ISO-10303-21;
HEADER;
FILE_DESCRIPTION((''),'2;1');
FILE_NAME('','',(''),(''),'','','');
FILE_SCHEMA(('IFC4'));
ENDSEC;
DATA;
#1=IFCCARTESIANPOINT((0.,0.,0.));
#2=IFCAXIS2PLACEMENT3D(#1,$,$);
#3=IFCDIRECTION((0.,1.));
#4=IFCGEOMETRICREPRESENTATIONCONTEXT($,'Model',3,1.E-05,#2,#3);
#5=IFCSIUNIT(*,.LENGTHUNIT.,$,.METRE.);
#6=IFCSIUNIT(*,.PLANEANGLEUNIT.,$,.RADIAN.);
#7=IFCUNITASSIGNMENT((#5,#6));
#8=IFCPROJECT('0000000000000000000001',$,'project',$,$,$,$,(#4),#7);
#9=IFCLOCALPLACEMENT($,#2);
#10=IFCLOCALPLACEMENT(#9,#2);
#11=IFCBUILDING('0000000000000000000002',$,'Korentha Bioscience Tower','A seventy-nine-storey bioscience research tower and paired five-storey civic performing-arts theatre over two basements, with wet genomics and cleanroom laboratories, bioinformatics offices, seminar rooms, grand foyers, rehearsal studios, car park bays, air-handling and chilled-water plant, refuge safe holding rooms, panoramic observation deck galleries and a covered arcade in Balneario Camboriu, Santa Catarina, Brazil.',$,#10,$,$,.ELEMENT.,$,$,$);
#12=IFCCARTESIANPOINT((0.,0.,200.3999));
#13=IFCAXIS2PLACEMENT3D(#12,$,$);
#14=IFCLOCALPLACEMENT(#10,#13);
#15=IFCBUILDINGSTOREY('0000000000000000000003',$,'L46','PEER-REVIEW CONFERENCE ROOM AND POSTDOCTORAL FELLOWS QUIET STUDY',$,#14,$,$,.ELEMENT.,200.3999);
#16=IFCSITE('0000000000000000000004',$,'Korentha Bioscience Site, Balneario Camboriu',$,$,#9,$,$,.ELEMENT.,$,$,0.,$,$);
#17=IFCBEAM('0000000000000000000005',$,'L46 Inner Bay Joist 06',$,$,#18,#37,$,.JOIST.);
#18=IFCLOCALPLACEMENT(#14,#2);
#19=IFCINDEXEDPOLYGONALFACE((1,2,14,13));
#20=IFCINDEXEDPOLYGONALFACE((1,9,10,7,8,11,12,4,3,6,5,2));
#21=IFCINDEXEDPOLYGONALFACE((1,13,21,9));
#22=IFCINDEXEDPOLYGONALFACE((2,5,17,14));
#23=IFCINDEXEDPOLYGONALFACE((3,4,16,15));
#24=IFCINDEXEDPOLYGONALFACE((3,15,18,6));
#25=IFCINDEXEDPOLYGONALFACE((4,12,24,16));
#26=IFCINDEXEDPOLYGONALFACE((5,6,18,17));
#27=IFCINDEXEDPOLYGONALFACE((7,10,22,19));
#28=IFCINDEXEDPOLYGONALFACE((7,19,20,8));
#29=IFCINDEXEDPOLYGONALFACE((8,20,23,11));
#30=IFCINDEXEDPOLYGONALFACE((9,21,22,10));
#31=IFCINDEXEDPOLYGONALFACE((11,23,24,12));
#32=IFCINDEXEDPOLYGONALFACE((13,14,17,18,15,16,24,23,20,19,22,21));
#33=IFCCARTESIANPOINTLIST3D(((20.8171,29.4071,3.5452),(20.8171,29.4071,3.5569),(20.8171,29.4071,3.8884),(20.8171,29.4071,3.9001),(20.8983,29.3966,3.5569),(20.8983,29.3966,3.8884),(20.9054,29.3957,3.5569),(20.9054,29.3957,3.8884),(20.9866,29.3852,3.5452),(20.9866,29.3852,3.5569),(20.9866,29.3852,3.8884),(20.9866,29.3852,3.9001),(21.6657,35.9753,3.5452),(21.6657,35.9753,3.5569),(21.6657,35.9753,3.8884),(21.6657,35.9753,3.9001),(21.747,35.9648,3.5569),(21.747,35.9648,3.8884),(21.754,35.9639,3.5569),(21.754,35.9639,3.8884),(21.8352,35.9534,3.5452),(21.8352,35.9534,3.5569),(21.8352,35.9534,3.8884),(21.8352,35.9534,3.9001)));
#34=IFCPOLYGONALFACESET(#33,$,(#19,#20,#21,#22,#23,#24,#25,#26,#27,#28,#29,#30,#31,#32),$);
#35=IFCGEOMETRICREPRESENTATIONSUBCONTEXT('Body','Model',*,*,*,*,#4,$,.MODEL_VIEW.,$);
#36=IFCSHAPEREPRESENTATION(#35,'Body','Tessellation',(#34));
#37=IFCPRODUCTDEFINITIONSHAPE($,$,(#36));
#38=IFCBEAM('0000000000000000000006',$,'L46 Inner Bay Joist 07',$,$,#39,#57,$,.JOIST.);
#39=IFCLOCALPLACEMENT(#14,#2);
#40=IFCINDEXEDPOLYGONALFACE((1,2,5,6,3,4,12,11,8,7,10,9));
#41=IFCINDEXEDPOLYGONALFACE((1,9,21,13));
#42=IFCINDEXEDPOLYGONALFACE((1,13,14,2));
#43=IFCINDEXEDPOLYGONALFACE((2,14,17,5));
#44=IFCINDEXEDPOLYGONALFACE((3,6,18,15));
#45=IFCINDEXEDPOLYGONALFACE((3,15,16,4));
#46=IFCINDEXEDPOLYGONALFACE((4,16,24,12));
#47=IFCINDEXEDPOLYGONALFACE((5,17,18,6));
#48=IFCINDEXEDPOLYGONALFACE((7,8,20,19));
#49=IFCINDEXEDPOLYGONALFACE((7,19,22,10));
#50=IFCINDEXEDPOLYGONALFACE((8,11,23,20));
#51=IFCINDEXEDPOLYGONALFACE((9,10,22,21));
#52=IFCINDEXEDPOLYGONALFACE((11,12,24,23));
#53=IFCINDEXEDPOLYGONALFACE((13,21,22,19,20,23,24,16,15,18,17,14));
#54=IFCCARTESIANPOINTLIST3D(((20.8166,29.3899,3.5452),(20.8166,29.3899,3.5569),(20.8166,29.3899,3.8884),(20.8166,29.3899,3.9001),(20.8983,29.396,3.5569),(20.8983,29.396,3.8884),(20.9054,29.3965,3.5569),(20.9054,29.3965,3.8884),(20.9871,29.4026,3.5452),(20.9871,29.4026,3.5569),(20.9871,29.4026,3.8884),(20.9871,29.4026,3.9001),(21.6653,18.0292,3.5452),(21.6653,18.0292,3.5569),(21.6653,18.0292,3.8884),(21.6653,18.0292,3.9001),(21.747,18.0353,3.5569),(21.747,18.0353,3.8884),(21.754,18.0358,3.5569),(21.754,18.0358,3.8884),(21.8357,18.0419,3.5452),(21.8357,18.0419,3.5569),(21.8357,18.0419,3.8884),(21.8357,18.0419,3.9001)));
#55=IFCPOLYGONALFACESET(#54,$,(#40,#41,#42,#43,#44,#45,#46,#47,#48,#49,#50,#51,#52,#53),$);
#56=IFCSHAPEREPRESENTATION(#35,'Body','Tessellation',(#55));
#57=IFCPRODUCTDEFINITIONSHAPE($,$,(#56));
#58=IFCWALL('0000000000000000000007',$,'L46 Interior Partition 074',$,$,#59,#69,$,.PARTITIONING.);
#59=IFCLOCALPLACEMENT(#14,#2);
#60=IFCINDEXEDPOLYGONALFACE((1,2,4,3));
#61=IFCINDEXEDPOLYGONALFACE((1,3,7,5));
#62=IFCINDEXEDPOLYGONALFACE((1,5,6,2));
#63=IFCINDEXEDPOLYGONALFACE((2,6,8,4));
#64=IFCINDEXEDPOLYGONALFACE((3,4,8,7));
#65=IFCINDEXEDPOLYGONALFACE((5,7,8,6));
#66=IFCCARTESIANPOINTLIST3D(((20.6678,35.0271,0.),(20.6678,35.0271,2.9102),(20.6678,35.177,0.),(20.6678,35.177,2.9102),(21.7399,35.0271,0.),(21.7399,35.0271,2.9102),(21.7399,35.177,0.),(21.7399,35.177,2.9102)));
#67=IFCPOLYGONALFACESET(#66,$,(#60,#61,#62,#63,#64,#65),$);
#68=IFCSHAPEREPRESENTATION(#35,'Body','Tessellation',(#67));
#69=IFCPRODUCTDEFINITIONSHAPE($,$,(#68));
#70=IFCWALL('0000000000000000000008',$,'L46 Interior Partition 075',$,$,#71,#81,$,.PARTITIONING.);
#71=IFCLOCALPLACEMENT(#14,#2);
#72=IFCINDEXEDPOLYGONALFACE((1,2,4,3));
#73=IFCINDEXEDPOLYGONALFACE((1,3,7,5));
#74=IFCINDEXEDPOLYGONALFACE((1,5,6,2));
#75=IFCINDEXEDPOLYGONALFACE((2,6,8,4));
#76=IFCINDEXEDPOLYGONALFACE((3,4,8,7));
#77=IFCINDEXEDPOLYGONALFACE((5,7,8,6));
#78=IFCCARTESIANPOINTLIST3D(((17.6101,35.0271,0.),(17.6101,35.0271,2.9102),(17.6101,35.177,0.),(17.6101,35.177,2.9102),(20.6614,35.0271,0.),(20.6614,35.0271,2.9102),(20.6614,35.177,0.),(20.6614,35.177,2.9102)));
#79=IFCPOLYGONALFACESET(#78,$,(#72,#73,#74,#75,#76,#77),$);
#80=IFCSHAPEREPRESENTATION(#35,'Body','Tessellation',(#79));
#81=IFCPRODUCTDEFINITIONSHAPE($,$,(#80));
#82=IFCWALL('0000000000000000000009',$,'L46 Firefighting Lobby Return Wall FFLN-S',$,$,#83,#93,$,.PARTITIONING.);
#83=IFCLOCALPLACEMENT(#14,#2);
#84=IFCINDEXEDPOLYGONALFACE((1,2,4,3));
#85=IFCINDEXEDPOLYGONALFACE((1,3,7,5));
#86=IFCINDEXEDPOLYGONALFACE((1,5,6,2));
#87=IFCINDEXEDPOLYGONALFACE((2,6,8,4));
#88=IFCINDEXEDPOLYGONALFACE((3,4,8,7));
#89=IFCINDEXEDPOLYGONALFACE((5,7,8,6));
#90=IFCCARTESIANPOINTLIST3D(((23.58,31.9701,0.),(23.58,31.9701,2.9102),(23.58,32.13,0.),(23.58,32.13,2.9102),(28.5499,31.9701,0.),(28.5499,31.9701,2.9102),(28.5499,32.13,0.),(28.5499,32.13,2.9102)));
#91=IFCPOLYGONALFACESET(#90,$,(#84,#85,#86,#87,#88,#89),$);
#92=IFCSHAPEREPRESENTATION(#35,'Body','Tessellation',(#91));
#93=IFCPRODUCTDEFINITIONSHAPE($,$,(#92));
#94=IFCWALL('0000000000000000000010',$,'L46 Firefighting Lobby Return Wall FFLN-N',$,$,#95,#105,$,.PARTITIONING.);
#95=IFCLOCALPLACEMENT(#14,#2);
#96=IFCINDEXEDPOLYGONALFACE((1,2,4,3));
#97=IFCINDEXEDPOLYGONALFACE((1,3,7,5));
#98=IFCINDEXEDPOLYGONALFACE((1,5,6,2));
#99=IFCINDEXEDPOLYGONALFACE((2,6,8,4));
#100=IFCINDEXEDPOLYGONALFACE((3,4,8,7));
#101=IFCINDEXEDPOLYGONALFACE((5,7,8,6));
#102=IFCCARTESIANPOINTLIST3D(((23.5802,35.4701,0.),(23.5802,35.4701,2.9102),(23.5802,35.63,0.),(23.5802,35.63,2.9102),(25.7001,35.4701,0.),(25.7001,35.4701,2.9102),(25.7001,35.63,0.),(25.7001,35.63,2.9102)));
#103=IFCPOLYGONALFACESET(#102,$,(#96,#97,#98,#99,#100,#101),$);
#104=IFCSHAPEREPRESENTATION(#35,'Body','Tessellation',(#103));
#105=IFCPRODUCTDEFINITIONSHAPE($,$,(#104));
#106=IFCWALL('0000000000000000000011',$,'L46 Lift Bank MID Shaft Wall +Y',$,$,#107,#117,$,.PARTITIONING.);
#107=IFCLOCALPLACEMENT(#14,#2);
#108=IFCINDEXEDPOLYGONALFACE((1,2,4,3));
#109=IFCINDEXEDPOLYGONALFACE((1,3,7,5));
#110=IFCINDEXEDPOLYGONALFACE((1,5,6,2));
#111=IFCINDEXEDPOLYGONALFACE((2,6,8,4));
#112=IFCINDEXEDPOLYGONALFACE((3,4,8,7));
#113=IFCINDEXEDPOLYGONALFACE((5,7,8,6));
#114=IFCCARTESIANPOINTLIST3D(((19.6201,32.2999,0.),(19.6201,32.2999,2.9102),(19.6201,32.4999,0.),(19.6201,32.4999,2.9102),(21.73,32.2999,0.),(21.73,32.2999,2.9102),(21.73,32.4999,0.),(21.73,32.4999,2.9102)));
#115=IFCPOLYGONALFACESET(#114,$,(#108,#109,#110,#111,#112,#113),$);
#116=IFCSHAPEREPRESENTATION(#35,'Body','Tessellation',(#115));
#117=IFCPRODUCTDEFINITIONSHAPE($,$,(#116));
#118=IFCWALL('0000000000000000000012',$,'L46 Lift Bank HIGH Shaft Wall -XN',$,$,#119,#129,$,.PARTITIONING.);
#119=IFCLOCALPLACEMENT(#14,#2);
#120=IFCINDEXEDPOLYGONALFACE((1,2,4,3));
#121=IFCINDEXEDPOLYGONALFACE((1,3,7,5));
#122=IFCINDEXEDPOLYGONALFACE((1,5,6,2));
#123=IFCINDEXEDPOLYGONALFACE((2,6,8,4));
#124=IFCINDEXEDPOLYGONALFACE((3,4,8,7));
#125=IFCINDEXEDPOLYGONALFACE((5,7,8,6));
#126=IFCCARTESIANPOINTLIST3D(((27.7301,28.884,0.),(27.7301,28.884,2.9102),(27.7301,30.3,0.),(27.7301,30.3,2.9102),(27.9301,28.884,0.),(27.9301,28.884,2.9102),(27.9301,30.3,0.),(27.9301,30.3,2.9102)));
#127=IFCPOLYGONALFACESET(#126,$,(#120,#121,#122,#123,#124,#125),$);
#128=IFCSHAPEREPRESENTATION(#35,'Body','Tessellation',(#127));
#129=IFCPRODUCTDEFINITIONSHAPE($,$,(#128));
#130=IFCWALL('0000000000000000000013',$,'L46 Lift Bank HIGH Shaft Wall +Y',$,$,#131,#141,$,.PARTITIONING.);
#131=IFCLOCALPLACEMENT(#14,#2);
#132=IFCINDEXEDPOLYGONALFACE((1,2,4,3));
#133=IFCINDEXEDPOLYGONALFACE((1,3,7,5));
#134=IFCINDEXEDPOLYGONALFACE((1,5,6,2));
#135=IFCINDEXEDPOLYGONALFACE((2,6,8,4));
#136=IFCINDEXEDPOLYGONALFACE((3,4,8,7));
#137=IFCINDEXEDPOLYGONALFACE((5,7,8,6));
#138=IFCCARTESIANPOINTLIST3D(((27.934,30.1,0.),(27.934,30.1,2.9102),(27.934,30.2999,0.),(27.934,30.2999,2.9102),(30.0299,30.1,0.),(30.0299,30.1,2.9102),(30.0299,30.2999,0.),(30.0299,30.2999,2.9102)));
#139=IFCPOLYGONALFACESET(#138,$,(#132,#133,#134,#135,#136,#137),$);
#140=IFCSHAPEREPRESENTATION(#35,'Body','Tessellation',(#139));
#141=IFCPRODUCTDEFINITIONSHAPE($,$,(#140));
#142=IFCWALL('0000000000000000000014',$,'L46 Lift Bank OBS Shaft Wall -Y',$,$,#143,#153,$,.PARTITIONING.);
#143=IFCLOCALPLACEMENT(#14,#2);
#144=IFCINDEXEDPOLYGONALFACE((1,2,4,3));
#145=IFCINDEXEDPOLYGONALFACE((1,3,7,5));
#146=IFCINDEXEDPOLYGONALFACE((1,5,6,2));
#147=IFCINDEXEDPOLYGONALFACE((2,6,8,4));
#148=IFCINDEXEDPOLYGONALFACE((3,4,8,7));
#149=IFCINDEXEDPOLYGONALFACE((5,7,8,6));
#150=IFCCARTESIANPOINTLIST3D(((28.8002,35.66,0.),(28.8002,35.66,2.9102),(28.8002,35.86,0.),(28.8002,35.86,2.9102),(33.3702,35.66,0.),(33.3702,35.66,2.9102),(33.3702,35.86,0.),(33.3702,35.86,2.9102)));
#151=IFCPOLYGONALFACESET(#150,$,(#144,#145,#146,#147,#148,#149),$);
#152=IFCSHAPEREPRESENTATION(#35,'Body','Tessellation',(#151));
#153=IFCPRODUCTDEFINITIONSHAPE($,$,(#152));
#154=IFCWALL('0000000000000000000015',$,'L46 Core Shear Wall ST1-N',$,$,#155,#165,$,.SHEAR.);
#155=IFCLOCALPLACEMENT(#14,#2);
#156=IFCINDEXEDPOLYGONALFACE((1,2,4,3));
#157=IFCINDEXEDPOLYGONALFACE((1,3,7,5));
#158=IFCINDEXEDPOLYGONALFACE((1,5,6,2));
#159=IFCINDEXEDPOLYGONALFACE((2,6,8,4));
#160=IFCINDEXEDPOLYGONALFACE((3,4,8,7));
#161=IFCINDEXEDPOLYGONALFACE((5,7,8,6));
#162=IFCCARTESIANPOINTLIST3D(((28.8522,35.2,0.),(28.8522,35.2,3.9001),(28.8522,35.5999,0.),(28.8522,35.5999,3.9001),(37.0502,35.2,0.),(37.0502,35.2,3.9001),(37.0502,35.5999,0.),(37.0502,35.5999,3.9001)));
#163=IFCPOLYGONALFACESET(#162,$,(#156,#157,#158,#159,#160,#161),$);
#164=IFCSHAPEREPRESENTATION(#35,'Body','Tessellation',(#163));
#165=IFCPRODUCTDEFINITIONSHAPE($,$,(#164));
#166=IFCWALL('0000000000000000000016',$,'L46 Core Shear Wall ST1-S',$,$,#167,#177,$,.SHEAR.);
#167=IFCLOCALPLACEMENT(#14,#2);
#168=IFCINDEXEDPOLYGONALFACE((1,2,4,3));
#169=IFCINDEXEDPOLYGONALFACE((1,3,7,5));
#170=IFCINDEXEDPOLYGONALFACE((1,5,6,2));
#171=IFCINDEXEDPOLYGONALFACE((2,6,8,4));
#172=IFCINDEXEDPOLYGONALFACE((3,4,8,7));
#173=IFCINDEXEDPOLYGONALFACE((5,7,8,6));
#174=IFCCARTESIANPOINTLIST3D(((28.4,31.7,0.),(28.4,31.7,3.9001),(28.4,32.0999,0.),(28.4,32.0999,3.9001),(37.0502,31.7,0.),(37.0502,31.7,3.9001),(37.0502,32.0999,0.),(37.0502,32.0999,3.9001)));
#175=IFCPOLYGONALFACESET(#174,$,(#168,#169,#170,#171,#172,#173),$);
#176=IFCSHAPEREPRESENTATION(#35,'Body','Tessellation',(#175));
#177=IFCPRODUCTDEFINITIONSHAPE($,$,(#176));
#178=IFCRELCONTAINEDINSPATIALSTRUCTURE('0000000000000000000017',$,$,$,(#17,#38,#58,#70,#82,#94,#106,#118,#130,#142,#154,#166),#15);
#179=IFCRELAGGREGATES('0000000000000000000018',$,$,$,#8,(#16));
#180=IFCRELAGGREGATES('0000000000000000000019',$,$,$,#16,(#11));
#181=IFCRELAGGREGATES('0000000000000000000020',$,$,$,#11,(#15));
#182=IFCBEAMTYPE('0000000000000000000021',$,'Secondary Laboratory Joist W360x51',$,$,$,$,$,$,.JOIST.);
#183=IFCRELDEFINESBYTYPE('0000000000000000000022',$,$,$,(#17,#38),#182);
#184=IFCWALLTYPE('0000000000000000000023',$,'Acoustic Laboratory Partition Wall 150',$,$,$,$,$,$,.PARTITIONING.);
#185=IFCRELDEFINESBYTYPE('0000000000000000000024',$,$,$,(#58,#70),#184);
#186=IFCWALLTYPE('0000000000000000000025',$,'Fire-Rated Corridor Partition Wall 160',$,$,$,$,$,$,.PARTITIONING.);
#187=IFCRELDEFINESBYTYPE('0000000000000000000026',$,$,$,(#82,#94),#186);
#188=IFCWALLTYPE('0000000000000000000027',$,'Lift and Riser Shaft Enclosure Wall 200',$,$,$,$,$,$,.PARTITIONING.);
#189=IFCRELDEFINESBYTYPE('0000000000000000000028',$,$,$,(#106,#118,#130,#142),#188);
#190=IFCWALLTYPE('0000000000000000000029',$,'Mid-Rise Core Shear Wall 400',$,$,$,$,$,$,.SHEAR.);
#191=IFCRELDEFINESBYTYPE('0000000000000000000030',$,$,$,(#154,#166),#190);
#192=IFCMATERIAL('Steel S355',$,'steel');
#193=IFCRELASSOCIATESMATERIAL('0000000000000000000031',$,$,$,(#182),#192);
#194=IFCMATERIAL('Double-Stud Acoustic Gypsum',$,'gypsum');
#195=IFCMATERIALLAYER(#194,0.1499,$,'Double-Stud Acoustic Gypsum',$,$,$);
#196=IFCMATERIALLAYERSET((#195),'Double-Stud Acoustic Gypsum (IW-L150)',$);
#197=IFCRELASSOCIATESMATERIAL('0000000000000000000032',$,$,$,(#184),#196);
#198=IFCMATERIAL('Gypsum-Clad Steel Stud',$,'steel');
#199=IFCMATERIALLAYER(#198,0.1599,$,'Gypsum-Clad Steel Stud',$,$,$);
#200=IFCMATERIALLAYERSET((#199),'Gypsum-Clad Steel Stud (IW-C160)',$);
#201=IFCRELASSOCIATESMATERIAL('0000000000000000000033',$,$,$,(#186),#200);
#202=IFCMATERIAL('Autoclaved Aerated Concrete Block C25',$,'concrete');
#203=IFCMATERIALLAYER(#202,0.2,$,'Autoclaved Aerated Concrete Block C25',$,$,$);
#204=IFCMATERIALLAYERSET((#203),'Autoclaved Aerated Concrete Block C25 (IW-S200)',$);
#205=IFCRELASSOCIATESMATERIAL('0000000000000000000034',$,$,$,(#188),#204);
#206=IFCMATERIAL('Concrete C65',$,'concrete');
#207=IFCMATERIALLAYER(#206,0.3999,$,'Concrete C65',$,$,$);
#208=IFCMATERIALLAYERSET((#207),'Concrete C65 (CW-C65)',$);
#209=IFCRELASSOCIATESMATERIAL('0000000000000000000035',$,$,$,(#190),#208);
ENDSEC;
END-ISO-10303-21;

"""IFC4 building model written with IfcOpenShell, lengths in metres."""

from ifc_helpers import new_model, si_unit, direction, frame, frame_2d, origin, origin_2d, place, context, subcontext, project, spatial, rectangle, i_section, extrude, material, layer, layer_set, material_profile, profile_set, type_object, element, save


model = new_model("IFC4")

# Units and contexts
model_context = context("Model", 3, precision=1e-05, world=origin(), true_north=direction((0.0, 1.0)))
body_context = subcontext(model_context, "Body", "Model", "MODEL_VIEW")
ifc_project = project(units=[si_unit("LENGTHUNIT", "METRE"), si_unit("PLANEANGLEUNIT", "RADIAN")], contexts=[model_context])

# Site, building, storey
site_placement = place(None, origin())
site = spatial("IfcSite", under=ifc_project, at=site_placement, Name="Korentha Bioscience Site, Balneario Camboriu", CompositionType="ELEMENT", RefElevation=0.0)
building_placement = place(site_placement, origin())
building = spatial("IfcBuilding", under=site, at=building_placement, Name="Korentha Bioscience Tower", Description="A seventy-nine-storey bioscience research tower and paired five-storey civic performing-arts theatre over two basements, with wet genomics and cleanroom laboratories, bioinformatics offices, seminar rooms, grand foyers, rehearsal studios, car park bays, air-handling and chilled-water plant, refuge safe holding rooms, panoramic observation deck galleries and a covered arcade in Balneario Camboriu, Santa Catarina, Brazil.", CompositionType="ELEMENT")
storey_placement = place(building_placement, frame((0.0, 0.0, 200.3999)))
storey = spatial("IfcBuildingStorey", under=building, at=storey_placement, Name="L46", Description="PEER-REVIEW CONFERENCE ROOM AND POSTDOCTORAL FELLOWS QUIET STUDY", CompositionType="ELEMENT", Elevation=200.3999)

# Shared definitions
ifc_material_1 = material(Name="Concrete C65", Category="concrete")

# Beams
ifc_material_2 = material(Name="Steel S355", Category="steel")
ifc_material_profile_1 = material_profile(ifc_material_2, i_section(OverallWidth=0.1709, OverallDepth=0.355, WebThickness=0.0071, FlangeThickness=0.0117, at=origin_2d()), Name="Steel S355")
ifc_profile_set_1 = profile_set([ifc_material_profile_1], Name="Steel S355 (JB-360)")
beam_type_1 = type_object("IfcBeamType", Name="Secondary Laboratory Joist W360x51", PredefinedType="JOIST", material=ifc_profile_set_1)
beam_1_placement = place(storey_placement, frame((21.7505, 35.9644, 3.7227), z_axis=(-0.12814, -0.991756, 0.0), x_axis=(0.991756, -0.12814, 0.0)))
element("IfcBeam", 1, at=beam_1_placement, inside=storey, type_object=beam_type_1, Name="L46 Inner Bay Joist 06", PredefinedType="JOIST", context=body_context, shape_type="SweptSolid", body=[
    extrude(i_section(OverallWidth=0.1709, OverallDepth=0.355, WebThickness=0.0071, FlangeThickness=0.0117, at=origin_2d()), origin(), (0.0, 0.0, 1.0), 6.6228),
])
beam_2_placement = place(storey_placement, frame((20.9019, 29.3962, 3.7227), z_axis=(0.074492, -0.997222, 0.0), x_axis=(0.997222, 0.074492, 0.0)))
element("IfcBeam", 2, at=beam_2_placement, inside=storey, type_object=beam_type_1, Name="L46 Inner Bay Joist 07", PredefinedType="JOIST", context=body_context, shape_type="SweptSolid", body=[
    extrude(i_section(OverallWidth=0.1709, OverallDepth=0.355, WebThickness=0.0071, FlangeThickness=0.0117, at=origin_2d()), origin(), (0.0, 0.0, 1.0), 11.3923),
])

# Walls
ifc_material_3 = material(Name="Double-Stud Acoustic Gypsum", Category="gypsum")
ifc_layer_1 = layer(ifc_material_3, 0.1499, Name="Double-Stud Acoustic Gypsum")
ifc_layer_set_1 = layer_set([ifc_layer_1], Name="Double-Stud Acoustic Gypsum (IW-L150)")
wall_type_1 = type_object("IfcWallType", Name="Acoustic Laboratory Partition Wall 150", PredefinedType="PARTITIONING", material=ifc_layer_set_1)
wall_1_placement = place(storey_placement, frame((21.74, 35.1021, 0.0), z_axis=(0.0, 0.0, 1.0), x_axis=(-1.0, 0.0, 0.0)))
element("IfcWall", 3, at=wall_1_placement, inside=storey, type_object=wall_type_1, Name="L46 Interior Partition 074", PredefinedType="PARTITIONING", context=body_context, shape_type="SweptSolid", body=[
    extrude(rectangle(XDim=1.072, YDim=0.1499, at=frame_2d((0.5361, 0.0))), origin(), (0.0, 0.0, 1.0), 2.9102),
])
wall_2_placement = place(storey_placement, frame((20.6614, 35.1021, 0.0), z_axis=(0.0, 0.0, 1.0), x_axis=(-1.0, 0.0, 0.0)))
element("IfcWall", 4, at=wall_2_placement, inside=storey, type_object=wall_type_1, Name="L46 Interior Partition 075", PredefinedType="PARTITIONING", context=body_context, shape_type="SweptSolid", body=[
    extrude(rectangle(XDim=3.0513, YDim=0.1499, at=frame_2d((1.5256, 0.0))), origin(), (0.0, 0.0, 1.0), 2.9102),
])

# Shared definitions
ifc_material_4 = material(Name="Gypsum-Clad Steel Stud", Category="steel")
ifc_layer_2 = layer(ifc_material_4, 0.1599, Name="Gypsum-Clad Steel Stud")
ifc_layer_set_2 = layer_set([ifc_layer_2], Name="Gypsum-Clad Steel Stud (IW-C160)")
wall_type_2 = type_object("IfcWallType", Name="Fire-Rated Corridor Partition Wall 160", PredefinedType="PARTITIONING", material=ifc_layer_set_2)

# Walls
wall_3_placement = place(storey_placement, frame((23.5801, 32.05, 0.0), z_axis=(0.0, 0.0, 1.0), x_axis=(1.0, 0.0, 0.0)))
element("IfcWall", 5, at=wall_3_placement, inside=storey, type_object=wall_type_2, Name="L46 Firefighting Lobby Return Wall FFLN-S", PredefinedType="PARTITIONING", context=body_context, shape_type="SweptSolid", body=[
    extrude(rectangle(XDim=4.97, YDim=0.1599, at=frame_2d((2.4849, 0.0))), origin(), (0.0, 0.0, 1.0), 2.9102),
])
wall_4_placement = place(storey_placement, frame((23.5801, 35.55, 0.0), z_axis=(0.0, 0.0, 1.0), x_axis=(1.0, 0.0, 0.0)))
element("IfcWall", 6, at=wall_4_placement, inside=storey, type_object=wall_type_2, Name="L46 Firefighting Lobby Return Wall FFLN-N", PredefinedType="PARTITIONING", context=body_context, shape_type="SweptSolid", body=[
    extrude(rectangle(XDim=2.1199, YDim=0.1599, at=frame_2d((1.0601, 0.0))), origin(), (0.0, 0.0, 1.0), 2.9102),
])
ifc_material_5 = material(Name="Autoclaved Aerated Concrete Block C25", Category="concrete")
ifc_layer_3 = layer(ifc_material_5, 0.2, Name="Autoclaved Aerated Concrete Block C25")
ifc_layer_set_3 = layer_set([ifc_layer_3], Name="Autoclaved Aerated Concrete Block C25 (IW-S200)")
wall_type_3 = type_object("IfcWallType", Name="Lift and Riser Shaft Enclosure Wall 200", PredefinedType="PARTITIONING", material=ifc_layer_set_3)
wall_5_placement = place(storey_placement, frame((19.6201, 32.3999, 0.0), z_axis=(0.0, 0.0, 1.0), x_axis=(1.0, 0.0, 0.0)))
element("IfcWall", 7, at=wall_5_placement, inside=storey, type_object=wall_type_3, Name="L46 Lift Bank MID Shaft Wall +Y", PredefinedType="PARTITIONING", context=body_context, shape_type="SweptSolid", body=[
    extrude(rectangle(XDim=2.1099, YDim=0.2, at=frame_2d((1.0549, 0.0))), origin(), (0.0, 0.0, 1.0), 2.9102),
])
wall_6_placement = place(storey_placement, frame((27.8301, 28.884, 0.0), z_axis=(0.0, 0.0, 1.0), x_axis=(0.0, 1.0, 0.0)))
element("IfcWall", 8, at=wall_6_placement, inside=storey, type_object=wall_type_3, Name="L46 Lift Bank HIGH Shaft Wall -XN", PredefinedType="PARTITIONING", context=body_context, shape_type="SweptSolid", body=[
    extrude(rectangle(XDim=1.416, YDim=0.2, at=frame_2d((0.708, 0.0))), origin(), (0.0, 0.0, 1.0), 2.9102),
])
wall_7_placement = place(storey_placement, frame((27.9341, 30.2, 0.0), z_axis=(0.0, 0.0, 1.0), x_axis=(1.0, 0.0, 0.0)))
element("IfcWall", 9, at=wall_7_placement, inside=storey, type_object=wall_type_3, Name="L46 Lift Bank HIGH Shaft Wall +Y", PredefinedType="PARTITIONING", context=body_context, shape_type="SweptSolid", body=[
    extrude(rectangle(XDim=2.0959, YDim=0.2, at=frame_2d((1.0479, 0.0))), origin(), (0.0, 0.0, 1.0), 2.9102),
])
wall_8_placement = place(storey_placement, frame((28.8, 35.76, 0.0), z_axis=(0.0, 0.0, 1.0), x_axis=(1.0, 0.0, 0.0)))
element("IfcWall", 10, at=wall_8_placement, inside=storey, type_object=wall_type_3, Name="L46 Lift Bank OBS Shaft Wall -Y", PredefinedType="PARTITIONING", context=body_context, shape_type="SweptSolid", body=[
    extrude(rectangle(XDim=4.5701, YDim=0.2, at=frame_2d((2.2852, 0.0))), origin(), (0.0, 0.0, 1.0), 2.9102),
])
ifc_layer_4 = layer(ifc_material_1, 0.3999, Name="Concrete C65")
ifc_layer_set_4 = layer_set([ifc_layer_4], Name="Concrete C65 (CW-C65)")
wall_type_4 = type_object("IfcWallType", Name="Mid-Rise Core Shear Wall 400", PredefinedType="SHEAR", material=ifc_layer_set_4)
wall_9_placement = place(storey_placement, frame((28.8521, 35.3999, 0.0), z_axis=(0.0, 0.0, 1.0), x_axis=(1.0, 0.0, 0.0)))
element("IfcWall", 11, at=wall_9_placement, inside=storey, type_object=wall_type_4, Name="L46 Core Shear Wall ST1-N", PredefinedType="SHEAR", context=body_context, shape_type="SweptSolid", body=[
    extrude(rectangle(XDim=8.198, YDim=0.3999, at=frame_2d((4.0991, 0.0))), origin(), (0.0, 0.0, 1.0), 3.9001),
])
wall_10_placement = place(storey_placement, frame((28.3999, 31.8999, 0.0), z_axis=(0.0, 0.0, 1.0), x_axis=(1.0, 0.0, 0.0)))
element("IfcWall", 12, at=wall_10_placement, inside=storey, type_object=wall_type_4, Name="L46 Core Shear Wall ST1-S", PredefinedType="SHEAR", context=body_context, shape_type="SweptSolid", body=[
    extrude(rectangle(XDim=8.6501, YDim=0.3999, at=frame_2d((4.3252, 0.0))), origin(), (0.0, 0.0, 1.0), 3.9001),
])

save(model, "model.ifc")
